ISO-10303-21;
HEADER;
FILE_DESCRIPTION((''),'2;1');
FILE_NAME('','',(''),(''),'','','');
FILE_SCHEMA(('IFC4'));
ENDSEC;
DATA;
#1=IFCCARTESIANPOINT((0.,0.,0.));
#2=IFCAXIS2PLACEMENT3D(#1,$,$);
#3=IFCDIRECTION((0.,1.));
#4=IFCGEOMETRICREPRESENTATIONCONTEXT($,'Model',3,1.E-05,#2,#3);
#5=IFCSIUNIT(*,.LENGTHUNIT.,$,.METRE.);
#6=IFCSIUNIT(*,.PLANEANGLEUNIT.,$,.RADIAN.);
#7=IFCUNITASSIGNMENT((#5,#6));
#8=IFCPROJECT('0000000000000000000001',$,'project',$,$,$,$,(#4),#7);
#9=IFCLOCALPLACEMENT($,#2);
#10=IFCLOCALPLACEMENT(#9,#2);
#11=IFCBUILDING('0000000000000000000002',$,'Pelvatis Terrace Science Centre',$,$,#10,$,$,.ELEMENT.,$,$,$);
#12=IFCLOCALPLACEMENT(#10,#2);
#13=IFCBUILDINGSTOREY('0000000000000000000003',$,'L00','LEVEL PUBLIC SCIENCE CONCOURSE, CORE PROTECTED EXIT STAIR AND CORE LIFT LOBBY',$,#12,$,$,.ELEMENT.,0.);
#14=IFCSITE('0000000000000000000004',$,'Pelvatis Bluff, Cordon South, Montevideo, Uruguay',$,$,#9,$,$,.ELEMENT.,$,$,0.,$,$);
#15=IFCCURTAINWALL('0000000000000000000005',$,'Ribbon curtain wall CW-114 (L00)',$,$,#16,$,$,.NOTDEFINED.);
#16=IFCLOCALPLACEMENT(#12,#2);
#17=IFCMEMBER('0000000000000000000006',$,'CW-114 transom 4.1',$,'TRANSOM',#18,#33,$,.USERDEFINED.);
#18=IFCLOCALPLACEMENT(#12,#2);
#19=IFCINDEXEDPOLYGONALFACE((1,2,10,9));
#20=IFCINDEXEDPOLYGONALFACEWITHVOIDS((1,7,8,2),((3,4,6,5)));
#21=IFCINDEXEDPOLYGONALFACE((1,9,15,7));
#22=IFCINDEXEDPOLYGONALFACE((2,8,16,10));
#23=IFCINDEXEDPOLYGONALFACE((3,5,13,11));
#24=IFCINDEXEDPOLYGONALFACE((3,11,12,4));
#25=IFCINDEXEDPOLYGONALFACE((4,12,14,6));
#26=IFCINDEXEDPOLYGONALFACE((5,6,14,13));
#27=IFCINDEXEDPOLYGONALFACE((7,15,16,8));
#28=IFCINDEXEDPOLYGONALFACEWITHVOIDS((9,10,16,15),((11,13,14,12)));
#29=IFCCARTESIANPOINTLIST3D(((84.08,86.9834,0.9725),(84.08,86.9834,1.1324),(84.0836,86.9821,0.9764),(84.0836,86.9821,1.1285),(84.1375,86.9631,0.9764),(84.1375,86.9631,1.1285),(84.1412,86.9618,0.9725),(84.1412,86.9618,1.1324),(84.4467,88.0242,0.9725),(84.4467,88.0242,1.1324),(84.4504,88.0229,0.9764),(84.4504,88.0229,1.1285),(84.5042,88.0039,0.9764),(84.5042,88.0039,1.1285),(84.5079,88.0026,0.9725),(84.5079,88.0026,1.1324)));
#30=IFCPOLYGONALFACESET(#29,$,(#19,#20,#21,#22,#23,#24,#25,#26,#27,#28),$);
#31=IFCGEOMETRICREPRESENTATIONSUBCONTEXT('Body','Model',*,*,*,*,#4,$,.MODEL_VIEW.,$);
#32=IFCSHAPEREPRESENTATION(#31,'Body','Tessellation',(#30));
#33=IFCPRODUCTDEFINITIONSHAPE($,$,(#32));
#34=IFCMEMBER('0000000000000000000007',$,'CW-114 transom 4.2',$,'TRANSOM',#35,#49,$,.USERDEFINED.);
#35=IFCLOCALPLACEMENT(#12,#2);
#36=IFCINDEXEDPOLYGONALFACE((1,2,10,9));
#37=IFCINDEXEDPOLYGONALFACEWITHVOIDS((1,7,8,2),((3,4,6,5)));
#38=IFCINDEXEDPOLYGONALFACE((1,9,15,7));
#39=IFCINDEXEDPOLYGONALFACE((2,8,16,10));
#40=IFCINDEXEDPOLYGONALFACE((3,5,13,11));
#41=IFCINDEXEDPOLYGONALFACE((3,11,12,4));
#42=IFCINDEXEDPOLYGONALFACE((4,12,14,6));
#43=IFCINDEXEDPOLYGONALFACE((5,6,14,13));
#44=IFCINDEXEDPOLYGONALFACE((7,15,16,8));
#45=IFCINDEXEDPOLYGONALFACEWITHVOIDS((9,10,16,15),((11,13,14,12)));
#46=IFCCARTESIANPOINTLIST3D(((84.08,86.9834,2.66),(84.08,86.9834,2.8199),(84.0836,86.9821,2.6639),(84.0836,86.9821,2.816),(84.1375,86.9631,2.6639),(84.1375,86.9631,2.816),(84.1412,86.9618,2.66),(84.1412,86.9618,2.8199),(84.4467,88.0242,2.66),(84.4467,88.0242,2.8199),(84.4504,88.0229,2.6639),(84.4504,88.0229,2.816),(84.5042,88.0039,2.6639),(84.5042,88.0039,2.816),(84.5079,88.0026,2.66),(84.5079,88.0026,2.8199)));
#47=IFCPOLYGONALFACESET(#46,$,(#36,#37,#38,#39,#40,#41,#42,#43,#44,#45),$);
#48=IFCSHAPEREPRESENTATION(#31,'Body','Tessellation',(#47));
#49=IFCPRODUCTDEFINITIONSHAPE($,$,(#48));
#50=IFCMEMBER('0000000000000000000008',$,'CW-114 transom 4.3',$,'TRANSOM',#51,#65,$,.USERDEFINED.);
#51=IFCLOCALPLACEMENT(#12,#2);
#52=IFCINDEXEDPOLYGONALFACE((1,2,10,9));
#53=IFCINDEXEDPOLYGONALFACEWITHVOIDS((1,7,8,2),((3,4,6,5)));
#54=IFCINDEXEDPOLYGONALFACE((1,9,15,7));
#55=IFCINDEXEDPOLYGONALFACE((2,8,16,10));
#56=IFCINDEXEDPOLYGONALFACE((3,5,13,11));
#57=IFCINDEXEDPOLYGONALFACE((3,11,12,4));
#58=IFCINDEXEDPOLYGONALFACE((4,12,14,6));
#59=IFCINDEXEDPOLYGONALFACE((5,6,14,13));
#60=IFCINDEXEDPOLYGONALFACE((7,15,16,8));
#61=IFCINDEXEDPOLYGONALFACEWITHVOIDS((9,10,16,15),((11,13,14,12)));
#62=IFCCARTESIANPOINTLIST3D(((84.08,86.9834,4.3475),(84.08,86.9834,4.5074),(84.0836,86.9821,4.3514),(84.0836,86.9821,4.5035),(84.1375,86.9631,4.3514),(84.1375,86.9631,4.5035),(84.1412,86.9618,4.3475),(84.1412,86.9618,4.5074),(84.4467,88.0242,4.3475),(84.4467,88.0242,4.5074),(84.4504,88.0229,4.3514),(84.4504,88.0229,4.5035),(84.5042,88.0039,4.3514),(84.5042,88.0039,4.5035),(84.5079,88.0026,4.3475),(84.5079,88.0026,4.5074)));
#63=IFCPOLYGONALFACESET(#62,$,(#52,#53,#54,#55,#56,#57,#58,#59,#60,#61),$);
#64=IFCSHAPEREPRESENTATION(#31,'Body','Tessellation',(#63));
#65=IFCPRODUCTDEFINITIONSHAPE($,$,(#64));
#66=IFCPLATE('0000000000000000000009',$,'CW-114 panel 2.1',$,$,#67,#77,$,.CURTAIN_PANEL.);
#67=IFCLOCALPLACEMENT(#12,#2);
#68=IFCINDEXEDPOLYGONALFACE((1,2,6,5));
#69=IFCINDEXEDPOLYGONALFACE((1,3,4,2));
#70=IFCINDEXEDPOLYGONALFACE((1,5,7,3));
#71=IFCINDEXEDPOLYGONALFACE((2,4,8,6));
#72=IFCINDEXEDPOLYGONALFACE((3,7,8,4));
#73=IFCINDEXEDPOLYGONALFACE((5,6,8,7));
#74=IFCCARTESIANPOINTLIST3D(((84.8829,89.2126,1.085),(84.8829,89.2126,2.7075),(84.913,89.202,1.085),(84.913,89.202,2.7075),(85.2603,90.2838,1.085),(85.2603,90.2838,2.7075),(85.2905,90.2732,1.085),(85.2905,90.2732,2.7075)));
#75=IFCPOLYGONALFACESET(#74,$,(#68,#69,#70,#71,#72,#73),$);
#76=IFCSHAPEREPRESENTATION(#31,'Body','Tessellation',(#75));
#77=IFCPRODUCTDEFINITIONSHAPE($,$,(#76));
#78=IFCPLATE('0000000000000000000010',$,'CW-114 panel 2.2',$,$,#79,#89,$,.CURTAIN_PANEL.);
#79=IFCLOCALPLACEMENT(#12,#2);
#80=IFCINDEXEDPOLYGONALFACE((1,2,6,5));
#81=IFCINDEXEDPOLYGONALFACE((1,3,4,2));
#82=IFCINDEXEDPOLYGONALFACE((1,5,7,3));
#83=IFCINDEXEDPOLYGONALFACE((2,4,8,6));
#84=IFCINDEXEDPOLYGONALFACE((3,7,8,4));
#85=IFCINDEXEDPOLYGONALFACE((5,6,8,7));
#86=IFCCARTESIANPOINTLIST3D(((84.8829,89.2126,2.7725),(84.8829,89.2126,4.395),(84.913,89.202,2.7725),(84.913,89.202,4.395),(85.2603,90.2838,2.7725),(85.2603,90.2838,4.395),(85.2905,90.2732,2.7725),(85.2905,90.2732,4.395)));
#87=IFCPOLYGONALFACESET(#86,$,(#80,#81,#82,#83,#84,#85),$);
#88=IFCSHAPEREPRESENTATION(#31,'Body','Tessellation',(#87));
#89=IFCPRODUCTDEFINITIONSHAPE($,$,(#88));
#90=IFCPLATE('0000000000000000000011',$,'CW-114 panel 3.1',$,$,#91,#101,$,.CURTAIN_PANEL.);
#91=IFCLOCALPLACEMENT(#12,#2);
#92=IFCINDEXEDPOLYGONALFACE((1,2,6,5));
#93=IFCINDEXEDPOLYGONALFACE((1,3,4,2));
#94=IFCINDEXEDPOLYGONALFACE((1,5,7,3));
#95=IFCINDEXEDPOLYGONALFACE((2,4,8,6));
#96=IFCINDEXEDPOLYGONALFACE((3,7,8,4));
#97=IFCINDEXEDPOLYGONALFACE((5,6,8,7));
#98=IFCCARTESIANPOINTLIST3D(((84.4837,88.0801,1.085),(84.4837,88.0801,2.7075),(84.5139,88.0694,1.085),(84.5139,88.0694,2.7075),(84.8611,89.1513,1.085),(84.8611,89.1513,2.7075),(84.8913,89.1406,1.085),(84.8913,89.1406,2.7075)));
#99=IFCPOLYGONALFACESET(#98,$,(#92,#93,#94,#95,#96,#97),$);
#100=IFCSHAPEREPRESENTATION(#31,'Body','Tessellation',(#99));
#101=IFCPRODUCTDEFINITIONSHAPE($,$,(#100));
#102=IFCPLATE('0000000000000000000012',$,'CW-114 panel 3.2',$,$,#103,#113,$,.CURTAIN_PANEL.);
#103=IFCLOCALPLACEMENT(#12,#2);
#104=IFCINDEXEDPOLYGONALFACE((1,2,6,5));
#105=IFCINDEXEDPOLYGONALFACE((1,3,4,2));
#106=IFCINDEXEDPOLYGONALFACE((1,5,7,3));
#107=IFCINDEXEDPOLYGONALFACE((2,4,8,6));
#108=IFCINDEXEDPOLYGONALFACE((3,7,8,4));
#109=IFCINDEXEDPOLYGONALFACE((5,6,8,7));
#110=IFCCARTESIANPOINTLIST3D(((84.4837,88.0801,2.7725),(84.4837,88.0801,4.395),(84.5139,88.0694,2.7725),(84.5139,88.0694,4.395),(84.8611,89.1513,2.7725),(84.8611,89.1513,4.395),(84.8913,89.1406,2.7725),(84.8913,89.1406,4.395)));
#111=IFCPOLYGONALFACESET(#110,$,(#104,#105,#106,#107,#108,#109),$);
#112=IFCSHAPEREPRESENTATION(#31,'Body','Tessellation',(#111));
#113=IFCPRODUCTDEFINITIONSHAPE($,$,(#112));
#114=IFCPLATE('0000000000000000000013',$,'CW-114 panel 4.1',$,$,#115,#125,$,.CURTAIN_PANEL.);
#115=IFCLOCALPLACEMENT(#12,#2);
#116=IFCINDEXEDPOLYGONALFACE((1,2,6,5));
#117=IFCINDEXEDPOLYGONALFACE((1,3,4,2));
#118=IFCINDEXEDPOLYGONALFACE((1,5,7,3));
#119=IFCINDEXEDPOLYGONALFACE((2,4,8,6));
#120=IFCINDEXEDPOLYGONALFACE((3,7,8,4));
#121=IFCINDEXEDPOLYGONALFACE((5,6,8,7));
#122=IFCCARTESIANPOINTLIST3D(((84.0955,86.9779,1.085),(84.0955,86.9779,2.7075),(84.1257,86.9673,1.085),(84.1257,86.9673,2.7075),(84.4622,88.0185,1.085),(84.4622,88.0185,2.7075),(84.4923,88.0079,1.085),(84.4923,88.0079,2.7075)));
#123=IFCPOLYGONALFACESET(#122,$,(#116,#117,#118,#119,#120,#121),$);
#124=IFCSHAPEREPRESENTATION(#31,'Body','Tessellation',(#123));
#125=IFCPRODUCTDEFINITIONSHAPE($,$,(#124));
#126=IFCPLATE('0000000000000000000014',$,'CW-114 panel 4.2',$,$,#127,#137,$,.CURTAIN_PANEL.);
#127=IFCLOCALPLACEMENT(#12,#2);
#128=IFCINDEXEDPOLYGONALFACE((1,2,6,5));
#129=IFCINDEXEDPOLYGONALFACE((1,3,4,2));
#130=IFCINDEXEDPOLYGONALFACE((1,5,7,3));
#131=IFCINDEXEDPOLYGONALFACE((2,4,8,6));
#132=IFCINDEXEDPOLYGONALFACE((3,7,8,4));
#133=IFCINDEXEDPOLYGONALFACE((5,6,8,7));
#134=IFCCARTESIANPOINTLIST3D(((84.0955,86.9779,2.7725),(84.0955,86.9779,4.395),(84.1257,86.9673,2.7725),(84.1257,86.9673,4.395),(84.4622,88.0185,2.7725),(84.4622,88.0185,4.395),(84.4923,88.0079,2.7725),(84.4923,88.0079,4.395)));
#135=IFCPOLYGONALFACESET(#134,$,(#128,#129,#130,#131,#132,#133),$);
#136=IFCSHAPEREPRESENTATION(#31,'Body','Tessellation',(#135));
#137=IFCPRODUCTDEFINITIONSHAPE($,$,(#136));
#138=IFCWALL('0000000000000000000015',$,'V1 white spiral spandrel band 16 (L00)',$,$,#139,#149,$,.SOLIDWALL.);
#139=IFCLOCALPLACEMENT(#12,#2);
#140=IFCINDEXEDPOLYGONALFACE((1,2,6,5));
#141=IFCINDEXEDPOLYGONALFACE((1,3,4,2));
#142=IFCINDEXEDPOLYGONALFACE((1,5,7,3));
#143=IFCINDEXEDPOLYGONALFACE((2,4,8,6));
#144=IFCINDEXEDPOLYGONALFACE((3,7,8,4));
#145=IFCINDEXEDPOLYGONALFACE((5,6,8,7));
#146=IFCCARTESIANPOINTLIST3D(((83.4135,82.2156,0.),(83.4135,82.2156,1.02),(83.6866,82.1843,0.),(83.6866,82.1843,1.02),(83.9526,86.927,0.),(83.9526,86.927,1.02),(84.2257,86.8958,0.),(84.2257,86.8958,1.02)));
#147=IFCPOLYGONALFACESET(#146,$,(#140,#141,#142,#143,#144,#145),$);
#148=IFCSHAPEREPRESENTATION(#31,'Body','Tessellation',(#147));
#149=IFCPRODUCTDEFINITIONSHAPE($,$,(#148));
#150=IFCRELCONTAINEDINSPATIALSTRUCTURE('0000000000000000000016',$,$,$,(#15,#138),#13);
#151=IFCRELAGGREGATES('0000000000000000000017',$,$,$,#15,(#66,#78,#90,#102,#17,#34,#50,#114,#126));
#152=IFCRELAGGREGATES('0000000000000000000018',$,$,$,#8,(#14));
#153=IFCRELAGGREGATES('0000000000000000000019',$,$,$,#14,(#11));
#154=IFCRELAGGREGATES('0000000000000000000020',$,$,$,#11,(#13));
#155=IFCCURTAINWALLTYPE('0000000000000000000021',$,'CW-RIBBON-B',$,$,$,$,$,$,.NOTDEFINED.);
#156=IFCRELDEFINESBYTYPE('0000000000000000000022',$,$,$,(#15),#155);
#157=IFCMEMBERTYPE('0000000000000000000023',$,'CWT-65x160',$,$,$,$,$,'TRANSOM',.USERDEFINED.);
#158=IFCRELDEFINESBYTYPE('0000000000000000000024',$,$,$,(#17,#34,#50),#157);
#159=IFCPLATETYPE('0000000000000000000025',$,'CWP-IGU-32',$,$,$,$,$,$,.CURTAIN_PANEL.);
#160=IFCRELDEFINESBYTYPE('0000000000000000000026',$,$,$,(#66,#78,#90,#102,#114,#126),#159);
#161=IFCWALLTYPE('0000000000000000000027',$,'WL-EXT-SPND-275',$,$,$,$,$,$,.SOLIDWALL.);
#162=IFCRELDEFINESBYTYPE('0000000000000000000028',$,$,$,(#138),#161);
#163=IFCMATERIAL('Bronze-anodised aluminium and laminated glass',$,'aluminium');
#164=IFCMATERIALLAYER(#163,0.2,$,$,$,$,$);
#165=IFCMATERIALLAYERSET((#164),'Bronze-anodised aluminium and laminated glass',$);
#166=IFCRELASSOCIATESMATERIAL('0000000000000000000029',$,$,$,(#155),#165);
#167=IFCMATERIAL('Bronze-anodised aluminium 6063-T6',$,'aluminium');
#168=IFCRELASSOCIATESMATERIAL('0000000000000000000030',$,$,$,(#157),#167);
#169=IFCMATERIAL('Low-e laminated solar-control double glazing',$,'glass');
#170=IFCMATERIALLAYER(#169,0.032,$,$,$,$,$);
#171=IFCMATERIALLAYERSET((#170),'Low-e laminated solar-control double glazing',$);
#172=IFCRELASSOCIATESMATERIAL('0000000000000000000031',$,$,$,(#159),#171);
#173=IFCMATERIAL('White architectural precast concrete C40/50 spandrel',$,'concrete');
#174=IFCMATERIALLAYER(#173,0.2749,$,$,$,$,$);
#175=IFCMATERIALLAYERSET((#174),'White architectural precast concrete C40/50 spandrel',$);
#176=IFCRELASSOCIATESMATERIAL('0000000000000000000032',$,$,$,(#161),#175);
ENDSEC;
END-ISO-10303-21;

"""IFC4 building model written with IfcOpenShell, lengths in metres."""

from ifc_helpers import new_model, si_unit, direction, frame, frame_2d, origin, origin_2d, place, context, subcontext, project, spatial, rectangle, hollow_rectangle, extrude, material, layer, layer_set, material_profile, profile_set, type_object, element, aggregate, save


model = new_model("IFC4")

# Units and contexts
model_context = context("Model", 3, precision=1e-05, world=origin(), true_north=direction((0.0, 1.0)))
body_context = subcontext(model_context, "Body", "Model", "MODEL_VIEW")
ifc_project = project(units=[si_unit("LENGTHUNIT", "METRE"), si_unit("PLANEANGLEUNIT", "RADIAN")], contexts=[model_context])

# Site, building, storey
site_placement = place(None, origin())
site = spatial("IfcSite", under=ifc_project, at=site_placement, Name="Pelvatis Bluff, Cordon South, Montevideo, Uruguay", CompositionType="ELEMENT", RefElevation=0.0)
building_placement = place(site_placement, origin())
building = spatial("IfcBuilding", under=site, at=building_placement, Name="Pelvatis Terrace Science Centre", CompositionType="ELEMENT")
storey_placement = place(building_placement, origin())
storey = spatial("IfcBuildingStorey", under=building, at=storey_placement, Name="L00", Description="LEVEL PUBLIC SCIENCE CONCOURSE, CORE PROTECTED EXIT STAIR AND CORE LIFT LOBBY", CompositionType="ELEMENT", Elevation=0.0)

# Curtain wall
ifc_material_1 = material(Name="Bronze-anodised aluminium and laminated glass", Category="aluminium")
ifc_layer_1 = layer(ifc_material_1, 0.2)
ifc_layer_set_1 = layer_set([ifc_layer_1], Name="Bronze-anodised aluminium and laminated glass")
curtain_wall_type = type_object("IfcCurtainWallType", Name="CW-RIBBON-B", PredefinedType="NOTDEFINED", material=ifc_layer_set_1)
curtain_wall_1_placement = place(storey_placement, origin())
curtain_wall_1 = element("IfcCurtainWall", 1, at=curtain_wall_1_placement, inside=storey, type_object=curtain_wall_type, Name="Ribbon curtain wall CW-114 (L00)", PredefinedType="NOTDEFINED")

# Members
ifc_material_2 = material(Name="Bronze-anodised aluminium 6063-T6", Category="aluminium")
ifc_material_profile_1 = material_profile(ifc_material_2, hollow_rectangle(XDim=0.0649, YDim=0.1599, WallThickness=0.0039, at=origin_2d()), Name="ALU-TRN 65x160")
ifc_profile_set_1 = profile_set([ifc_material_profile_1], Name="Bronze-anodised aluminium 6063-T6")
member_type_1 = type_object("IfcMemberType", Name="CWT-65x160", ElementType="TRANSOM", PredefinedType="USERDEFINED", material=ifc_profile_set_1)
member_1_placement = place(storey_placement, frame((84.4773, 88.0134, 1.0525), z_axis=(-0.332311, -0.94317, 0.0), x_axis=(0.94317, -0.332311, 0.0)))
member_1 = element("IfcMember", 2, at=member_1_placement, type_object=member_type_1, Name="CW-114 transom 4.1", ObjectType="TRANSOM", PredefinedType="USERDEFINED", context=body_context, shape_type="SweptSolid", body=[
    extrude(hollow_rectangle(XDim=0.0649, YDim=0.1599, WallThickness=0.0039, at=origin_2d()), origin(), (0.0, 0.0, 1.0), 1.1035),
])
member_2_placement = place(storey_placement, frame((84.4773, 88.0134, 2.74), z_axis=(-0.332311, -0.94317, 0.0), x_axis=(0.94317, -0.332311, 0.0)))
member_2 = element("IfcMember", 3, at=member_2_placement, type_object=member_type_1, Name="CW-114 transom 4.2", ObjectType="TRANSOM", PredefinedType="USERDEFINED", context=body_context, shape_type="SweptSolid", body=[
    extrude(hollow_rectangle(XDim=0.0649, YDim=0.1599, WallThickness=0.0039, at=origin_2d()), origin(), (0.0, 0.0, 1.0), 1.1035),
])
member_3_placement = place(storey_placement, frame((84.4773, 88.0134, 4.4275), z_axis=(-0.332311, -0.94317, 0.0), x_axis=(0.94317, -0.332311, 0.0)))
member_3 = element("IfcMember", 4, at=member_3_placement, type_object=member_type_1, Name="CW-114 transom 4.3", ObjectType="TRANSOM", PredefinedType="USERDEFINED", context=body_context, shape_type="SweptSolid", body=[
    extrude(hollow_rectangle(XDim=0.0649, YDim=0.1599, WallThickness=0.0039, at=origin_2d()), origin(), (0.0, 0.0, 1.0), 1.1035),
])

# Plates
ifc_material_3 = material(Name="Low-e laminated solar-control double glazing", Category="glass")
ifc_layer_2 = layer(ifc_material_3, 0.032)
ifc_layer_set_2 = layer_set([ifc_layer_2], Name="Low-e laminated solar-control double glazing")
plate_type = type_object("IfcPlateType", Name="CWP-IGU-32", PredefinedType="CURTAIN_PANEL", material=ifc_layer_set_2)
plate_1_placement = place(storey_placement, frame((85.0867, 89.7429, 1.085), z_axis=(0.0, 0.0, 1.0), x_axis=(-0.332308, -0.943171, 0.0)))
plate_1 = element("IfcPlate", 5, at=plate_1_placement, type_object=plate_type, Name="CW-114 panel 2.1", PredefinedType="CURTAIN_PANEL", context=body_context, shape_type="SweptSolid", body=[
    extrude(rectangle(XDim=1.1357, YDim=0.032, at=origin_2d()), origin(), (0.0, 0.0, 1.0), 1.6226),
])
plate_2_placement = place(storey_placement, frame((85.0867, 89.7429, 2.7725), z_axis=(0.0, 0.0, 1.0), x_axis=(-0.332308, -0.943171, 0.0)))
plate_2 = element("IfcPlate", 6, at=plate_2_placement, type_object=plate_type, Name="CW-114 panel 2.2", PredefinedType="CURTAIN_PANEL", context=body_context, shape_type="SweptSolid", body=[
    extrude(rectangle(XDim=1.1357, YDim=0.032, at=origin_2d()), origin(), (0.0, 0.0, 1.0), 1.6226),
])
plate_3_placement = place(storey_placement, frame((84.6875, 88.6104, 1.085), z_axis=(0.0, 0.0, 1.0), x_axis=(-0.332308, -0.943171, 0.0)))
plate_3 = element("IfcPlate", 7, at=plate_3_placement, type_object=plate_type, Name="CW-114 panel 3.1", PredefinedType="CURTAIN_PANEL", context=body_context, shape_type="SweptSolid", body=[
    extrude(rectangle(XDim=1.1357, YDim=0.032, at=origin_2d()), origin(), (0.0, 0.0, 1.0), 1.6226),
])
plate_4_placement = place(storey_placement, frame((84.6875, 88.6104, 2.7725), z_axis=(0.0, 0.0, 1.0), x_axis=(-0.332308, -0.943171, 0.0)))
plate_4 = element("IfcPlate", 8, at=plate_4_placement, type_object=plate_type, Name="CW-114 panel 3.2", PredefinedType="CURTAIN_PANEL", context=body_context, shape_type="SweptSolid", body=[
    extrude(rectangle(XDim=1.1357, YDim=0.032, at=origin_2d()), origin(), (0.0, 0.0, 1.0), 1.6226),
])
plate_5_placement = place(storey_placement, frame((84.2939, 87.4929, 1.085), z_axis=(0.0, 0.0, 1.0), x_axis=(-0.332308, -0.943171, 0.0)))
plate_5 = element("IfcPlate", 9, at=plate_5_placement, type_object=plate_type, Name="CW-114 panel 4.1", PredefinedType="CURTAIN_PANEL", context=body_context, shape_type="SweptSolid", body=[
    extrude(rectangle(XDim=1.1033, YDim=0.032, at=origin_2d()), origin(), (0.0, 0.0, 1.0), 1.6226),
])
plate_6_placement = place(storey_placement, frame((84.2939, 87.4929, 2.7725), z_axis=(0.0, 0.0, 1.0), x_axis=(-0.332308, -0.943171, 0.0)))
plate_6 = element("IfcPlate", 10, at=plate_6_placement, type_object=plate_type, Name="CW-114 panel 4.2", PredefinedType="CURTAIN_PANEL", context=body_context, shape_type="SweptSolid", body=[
    extrude(rectangle(XDim=1.1033, YDim=0.032, at=origin_2d()), origin(), (0.0, 0.0, 1.0), 1.6226),
])
aggregate(curtain_wall_1, [plate_1, plate_2, plate_3, plate_4, member_1, member_2, member_3, plate_5, plate_6])

# Wall
ifc_material_4 = material(Name="White architectural precast concrete C40/50 spandrel", Category="concrete")
ifc_layer_3 = layer(ifc_material_4, 0.2749)
ifc_layer_set_3 = layer_set([ifc_layer_3], Name="White architectural precast concrete C40/50 spandrel")
wall_type = type_object("IfcWallType", Name="WL-EXT-SPND-275", PredefinedType="SOLIDWALL", material=ifc_layer_set_3)
wall_placement = place(storey_placement, frame((84.0891, 86.9114, 0.0), z_axis=(0.0, 0.0, 1.0), x_axis=(-0.113674, -0.993518, 0.0)))
element("IfcWall", 11, at=wall_placement, inside=storey, type_object=wall_type, Name="V1 white spiral spandrel band 16 (L00)", PredefinedType="SOLIDWALL", context=body_context, shape_type="SweptSolid", body=[
    extrude(rectangle(XDim=4.7422, YDim=0.2749, at=frame_2d((2.3711, 0.0))), origin(), (0.0, 0.0, 1.0), 1.02),
])

save(model, "model.ifc")
